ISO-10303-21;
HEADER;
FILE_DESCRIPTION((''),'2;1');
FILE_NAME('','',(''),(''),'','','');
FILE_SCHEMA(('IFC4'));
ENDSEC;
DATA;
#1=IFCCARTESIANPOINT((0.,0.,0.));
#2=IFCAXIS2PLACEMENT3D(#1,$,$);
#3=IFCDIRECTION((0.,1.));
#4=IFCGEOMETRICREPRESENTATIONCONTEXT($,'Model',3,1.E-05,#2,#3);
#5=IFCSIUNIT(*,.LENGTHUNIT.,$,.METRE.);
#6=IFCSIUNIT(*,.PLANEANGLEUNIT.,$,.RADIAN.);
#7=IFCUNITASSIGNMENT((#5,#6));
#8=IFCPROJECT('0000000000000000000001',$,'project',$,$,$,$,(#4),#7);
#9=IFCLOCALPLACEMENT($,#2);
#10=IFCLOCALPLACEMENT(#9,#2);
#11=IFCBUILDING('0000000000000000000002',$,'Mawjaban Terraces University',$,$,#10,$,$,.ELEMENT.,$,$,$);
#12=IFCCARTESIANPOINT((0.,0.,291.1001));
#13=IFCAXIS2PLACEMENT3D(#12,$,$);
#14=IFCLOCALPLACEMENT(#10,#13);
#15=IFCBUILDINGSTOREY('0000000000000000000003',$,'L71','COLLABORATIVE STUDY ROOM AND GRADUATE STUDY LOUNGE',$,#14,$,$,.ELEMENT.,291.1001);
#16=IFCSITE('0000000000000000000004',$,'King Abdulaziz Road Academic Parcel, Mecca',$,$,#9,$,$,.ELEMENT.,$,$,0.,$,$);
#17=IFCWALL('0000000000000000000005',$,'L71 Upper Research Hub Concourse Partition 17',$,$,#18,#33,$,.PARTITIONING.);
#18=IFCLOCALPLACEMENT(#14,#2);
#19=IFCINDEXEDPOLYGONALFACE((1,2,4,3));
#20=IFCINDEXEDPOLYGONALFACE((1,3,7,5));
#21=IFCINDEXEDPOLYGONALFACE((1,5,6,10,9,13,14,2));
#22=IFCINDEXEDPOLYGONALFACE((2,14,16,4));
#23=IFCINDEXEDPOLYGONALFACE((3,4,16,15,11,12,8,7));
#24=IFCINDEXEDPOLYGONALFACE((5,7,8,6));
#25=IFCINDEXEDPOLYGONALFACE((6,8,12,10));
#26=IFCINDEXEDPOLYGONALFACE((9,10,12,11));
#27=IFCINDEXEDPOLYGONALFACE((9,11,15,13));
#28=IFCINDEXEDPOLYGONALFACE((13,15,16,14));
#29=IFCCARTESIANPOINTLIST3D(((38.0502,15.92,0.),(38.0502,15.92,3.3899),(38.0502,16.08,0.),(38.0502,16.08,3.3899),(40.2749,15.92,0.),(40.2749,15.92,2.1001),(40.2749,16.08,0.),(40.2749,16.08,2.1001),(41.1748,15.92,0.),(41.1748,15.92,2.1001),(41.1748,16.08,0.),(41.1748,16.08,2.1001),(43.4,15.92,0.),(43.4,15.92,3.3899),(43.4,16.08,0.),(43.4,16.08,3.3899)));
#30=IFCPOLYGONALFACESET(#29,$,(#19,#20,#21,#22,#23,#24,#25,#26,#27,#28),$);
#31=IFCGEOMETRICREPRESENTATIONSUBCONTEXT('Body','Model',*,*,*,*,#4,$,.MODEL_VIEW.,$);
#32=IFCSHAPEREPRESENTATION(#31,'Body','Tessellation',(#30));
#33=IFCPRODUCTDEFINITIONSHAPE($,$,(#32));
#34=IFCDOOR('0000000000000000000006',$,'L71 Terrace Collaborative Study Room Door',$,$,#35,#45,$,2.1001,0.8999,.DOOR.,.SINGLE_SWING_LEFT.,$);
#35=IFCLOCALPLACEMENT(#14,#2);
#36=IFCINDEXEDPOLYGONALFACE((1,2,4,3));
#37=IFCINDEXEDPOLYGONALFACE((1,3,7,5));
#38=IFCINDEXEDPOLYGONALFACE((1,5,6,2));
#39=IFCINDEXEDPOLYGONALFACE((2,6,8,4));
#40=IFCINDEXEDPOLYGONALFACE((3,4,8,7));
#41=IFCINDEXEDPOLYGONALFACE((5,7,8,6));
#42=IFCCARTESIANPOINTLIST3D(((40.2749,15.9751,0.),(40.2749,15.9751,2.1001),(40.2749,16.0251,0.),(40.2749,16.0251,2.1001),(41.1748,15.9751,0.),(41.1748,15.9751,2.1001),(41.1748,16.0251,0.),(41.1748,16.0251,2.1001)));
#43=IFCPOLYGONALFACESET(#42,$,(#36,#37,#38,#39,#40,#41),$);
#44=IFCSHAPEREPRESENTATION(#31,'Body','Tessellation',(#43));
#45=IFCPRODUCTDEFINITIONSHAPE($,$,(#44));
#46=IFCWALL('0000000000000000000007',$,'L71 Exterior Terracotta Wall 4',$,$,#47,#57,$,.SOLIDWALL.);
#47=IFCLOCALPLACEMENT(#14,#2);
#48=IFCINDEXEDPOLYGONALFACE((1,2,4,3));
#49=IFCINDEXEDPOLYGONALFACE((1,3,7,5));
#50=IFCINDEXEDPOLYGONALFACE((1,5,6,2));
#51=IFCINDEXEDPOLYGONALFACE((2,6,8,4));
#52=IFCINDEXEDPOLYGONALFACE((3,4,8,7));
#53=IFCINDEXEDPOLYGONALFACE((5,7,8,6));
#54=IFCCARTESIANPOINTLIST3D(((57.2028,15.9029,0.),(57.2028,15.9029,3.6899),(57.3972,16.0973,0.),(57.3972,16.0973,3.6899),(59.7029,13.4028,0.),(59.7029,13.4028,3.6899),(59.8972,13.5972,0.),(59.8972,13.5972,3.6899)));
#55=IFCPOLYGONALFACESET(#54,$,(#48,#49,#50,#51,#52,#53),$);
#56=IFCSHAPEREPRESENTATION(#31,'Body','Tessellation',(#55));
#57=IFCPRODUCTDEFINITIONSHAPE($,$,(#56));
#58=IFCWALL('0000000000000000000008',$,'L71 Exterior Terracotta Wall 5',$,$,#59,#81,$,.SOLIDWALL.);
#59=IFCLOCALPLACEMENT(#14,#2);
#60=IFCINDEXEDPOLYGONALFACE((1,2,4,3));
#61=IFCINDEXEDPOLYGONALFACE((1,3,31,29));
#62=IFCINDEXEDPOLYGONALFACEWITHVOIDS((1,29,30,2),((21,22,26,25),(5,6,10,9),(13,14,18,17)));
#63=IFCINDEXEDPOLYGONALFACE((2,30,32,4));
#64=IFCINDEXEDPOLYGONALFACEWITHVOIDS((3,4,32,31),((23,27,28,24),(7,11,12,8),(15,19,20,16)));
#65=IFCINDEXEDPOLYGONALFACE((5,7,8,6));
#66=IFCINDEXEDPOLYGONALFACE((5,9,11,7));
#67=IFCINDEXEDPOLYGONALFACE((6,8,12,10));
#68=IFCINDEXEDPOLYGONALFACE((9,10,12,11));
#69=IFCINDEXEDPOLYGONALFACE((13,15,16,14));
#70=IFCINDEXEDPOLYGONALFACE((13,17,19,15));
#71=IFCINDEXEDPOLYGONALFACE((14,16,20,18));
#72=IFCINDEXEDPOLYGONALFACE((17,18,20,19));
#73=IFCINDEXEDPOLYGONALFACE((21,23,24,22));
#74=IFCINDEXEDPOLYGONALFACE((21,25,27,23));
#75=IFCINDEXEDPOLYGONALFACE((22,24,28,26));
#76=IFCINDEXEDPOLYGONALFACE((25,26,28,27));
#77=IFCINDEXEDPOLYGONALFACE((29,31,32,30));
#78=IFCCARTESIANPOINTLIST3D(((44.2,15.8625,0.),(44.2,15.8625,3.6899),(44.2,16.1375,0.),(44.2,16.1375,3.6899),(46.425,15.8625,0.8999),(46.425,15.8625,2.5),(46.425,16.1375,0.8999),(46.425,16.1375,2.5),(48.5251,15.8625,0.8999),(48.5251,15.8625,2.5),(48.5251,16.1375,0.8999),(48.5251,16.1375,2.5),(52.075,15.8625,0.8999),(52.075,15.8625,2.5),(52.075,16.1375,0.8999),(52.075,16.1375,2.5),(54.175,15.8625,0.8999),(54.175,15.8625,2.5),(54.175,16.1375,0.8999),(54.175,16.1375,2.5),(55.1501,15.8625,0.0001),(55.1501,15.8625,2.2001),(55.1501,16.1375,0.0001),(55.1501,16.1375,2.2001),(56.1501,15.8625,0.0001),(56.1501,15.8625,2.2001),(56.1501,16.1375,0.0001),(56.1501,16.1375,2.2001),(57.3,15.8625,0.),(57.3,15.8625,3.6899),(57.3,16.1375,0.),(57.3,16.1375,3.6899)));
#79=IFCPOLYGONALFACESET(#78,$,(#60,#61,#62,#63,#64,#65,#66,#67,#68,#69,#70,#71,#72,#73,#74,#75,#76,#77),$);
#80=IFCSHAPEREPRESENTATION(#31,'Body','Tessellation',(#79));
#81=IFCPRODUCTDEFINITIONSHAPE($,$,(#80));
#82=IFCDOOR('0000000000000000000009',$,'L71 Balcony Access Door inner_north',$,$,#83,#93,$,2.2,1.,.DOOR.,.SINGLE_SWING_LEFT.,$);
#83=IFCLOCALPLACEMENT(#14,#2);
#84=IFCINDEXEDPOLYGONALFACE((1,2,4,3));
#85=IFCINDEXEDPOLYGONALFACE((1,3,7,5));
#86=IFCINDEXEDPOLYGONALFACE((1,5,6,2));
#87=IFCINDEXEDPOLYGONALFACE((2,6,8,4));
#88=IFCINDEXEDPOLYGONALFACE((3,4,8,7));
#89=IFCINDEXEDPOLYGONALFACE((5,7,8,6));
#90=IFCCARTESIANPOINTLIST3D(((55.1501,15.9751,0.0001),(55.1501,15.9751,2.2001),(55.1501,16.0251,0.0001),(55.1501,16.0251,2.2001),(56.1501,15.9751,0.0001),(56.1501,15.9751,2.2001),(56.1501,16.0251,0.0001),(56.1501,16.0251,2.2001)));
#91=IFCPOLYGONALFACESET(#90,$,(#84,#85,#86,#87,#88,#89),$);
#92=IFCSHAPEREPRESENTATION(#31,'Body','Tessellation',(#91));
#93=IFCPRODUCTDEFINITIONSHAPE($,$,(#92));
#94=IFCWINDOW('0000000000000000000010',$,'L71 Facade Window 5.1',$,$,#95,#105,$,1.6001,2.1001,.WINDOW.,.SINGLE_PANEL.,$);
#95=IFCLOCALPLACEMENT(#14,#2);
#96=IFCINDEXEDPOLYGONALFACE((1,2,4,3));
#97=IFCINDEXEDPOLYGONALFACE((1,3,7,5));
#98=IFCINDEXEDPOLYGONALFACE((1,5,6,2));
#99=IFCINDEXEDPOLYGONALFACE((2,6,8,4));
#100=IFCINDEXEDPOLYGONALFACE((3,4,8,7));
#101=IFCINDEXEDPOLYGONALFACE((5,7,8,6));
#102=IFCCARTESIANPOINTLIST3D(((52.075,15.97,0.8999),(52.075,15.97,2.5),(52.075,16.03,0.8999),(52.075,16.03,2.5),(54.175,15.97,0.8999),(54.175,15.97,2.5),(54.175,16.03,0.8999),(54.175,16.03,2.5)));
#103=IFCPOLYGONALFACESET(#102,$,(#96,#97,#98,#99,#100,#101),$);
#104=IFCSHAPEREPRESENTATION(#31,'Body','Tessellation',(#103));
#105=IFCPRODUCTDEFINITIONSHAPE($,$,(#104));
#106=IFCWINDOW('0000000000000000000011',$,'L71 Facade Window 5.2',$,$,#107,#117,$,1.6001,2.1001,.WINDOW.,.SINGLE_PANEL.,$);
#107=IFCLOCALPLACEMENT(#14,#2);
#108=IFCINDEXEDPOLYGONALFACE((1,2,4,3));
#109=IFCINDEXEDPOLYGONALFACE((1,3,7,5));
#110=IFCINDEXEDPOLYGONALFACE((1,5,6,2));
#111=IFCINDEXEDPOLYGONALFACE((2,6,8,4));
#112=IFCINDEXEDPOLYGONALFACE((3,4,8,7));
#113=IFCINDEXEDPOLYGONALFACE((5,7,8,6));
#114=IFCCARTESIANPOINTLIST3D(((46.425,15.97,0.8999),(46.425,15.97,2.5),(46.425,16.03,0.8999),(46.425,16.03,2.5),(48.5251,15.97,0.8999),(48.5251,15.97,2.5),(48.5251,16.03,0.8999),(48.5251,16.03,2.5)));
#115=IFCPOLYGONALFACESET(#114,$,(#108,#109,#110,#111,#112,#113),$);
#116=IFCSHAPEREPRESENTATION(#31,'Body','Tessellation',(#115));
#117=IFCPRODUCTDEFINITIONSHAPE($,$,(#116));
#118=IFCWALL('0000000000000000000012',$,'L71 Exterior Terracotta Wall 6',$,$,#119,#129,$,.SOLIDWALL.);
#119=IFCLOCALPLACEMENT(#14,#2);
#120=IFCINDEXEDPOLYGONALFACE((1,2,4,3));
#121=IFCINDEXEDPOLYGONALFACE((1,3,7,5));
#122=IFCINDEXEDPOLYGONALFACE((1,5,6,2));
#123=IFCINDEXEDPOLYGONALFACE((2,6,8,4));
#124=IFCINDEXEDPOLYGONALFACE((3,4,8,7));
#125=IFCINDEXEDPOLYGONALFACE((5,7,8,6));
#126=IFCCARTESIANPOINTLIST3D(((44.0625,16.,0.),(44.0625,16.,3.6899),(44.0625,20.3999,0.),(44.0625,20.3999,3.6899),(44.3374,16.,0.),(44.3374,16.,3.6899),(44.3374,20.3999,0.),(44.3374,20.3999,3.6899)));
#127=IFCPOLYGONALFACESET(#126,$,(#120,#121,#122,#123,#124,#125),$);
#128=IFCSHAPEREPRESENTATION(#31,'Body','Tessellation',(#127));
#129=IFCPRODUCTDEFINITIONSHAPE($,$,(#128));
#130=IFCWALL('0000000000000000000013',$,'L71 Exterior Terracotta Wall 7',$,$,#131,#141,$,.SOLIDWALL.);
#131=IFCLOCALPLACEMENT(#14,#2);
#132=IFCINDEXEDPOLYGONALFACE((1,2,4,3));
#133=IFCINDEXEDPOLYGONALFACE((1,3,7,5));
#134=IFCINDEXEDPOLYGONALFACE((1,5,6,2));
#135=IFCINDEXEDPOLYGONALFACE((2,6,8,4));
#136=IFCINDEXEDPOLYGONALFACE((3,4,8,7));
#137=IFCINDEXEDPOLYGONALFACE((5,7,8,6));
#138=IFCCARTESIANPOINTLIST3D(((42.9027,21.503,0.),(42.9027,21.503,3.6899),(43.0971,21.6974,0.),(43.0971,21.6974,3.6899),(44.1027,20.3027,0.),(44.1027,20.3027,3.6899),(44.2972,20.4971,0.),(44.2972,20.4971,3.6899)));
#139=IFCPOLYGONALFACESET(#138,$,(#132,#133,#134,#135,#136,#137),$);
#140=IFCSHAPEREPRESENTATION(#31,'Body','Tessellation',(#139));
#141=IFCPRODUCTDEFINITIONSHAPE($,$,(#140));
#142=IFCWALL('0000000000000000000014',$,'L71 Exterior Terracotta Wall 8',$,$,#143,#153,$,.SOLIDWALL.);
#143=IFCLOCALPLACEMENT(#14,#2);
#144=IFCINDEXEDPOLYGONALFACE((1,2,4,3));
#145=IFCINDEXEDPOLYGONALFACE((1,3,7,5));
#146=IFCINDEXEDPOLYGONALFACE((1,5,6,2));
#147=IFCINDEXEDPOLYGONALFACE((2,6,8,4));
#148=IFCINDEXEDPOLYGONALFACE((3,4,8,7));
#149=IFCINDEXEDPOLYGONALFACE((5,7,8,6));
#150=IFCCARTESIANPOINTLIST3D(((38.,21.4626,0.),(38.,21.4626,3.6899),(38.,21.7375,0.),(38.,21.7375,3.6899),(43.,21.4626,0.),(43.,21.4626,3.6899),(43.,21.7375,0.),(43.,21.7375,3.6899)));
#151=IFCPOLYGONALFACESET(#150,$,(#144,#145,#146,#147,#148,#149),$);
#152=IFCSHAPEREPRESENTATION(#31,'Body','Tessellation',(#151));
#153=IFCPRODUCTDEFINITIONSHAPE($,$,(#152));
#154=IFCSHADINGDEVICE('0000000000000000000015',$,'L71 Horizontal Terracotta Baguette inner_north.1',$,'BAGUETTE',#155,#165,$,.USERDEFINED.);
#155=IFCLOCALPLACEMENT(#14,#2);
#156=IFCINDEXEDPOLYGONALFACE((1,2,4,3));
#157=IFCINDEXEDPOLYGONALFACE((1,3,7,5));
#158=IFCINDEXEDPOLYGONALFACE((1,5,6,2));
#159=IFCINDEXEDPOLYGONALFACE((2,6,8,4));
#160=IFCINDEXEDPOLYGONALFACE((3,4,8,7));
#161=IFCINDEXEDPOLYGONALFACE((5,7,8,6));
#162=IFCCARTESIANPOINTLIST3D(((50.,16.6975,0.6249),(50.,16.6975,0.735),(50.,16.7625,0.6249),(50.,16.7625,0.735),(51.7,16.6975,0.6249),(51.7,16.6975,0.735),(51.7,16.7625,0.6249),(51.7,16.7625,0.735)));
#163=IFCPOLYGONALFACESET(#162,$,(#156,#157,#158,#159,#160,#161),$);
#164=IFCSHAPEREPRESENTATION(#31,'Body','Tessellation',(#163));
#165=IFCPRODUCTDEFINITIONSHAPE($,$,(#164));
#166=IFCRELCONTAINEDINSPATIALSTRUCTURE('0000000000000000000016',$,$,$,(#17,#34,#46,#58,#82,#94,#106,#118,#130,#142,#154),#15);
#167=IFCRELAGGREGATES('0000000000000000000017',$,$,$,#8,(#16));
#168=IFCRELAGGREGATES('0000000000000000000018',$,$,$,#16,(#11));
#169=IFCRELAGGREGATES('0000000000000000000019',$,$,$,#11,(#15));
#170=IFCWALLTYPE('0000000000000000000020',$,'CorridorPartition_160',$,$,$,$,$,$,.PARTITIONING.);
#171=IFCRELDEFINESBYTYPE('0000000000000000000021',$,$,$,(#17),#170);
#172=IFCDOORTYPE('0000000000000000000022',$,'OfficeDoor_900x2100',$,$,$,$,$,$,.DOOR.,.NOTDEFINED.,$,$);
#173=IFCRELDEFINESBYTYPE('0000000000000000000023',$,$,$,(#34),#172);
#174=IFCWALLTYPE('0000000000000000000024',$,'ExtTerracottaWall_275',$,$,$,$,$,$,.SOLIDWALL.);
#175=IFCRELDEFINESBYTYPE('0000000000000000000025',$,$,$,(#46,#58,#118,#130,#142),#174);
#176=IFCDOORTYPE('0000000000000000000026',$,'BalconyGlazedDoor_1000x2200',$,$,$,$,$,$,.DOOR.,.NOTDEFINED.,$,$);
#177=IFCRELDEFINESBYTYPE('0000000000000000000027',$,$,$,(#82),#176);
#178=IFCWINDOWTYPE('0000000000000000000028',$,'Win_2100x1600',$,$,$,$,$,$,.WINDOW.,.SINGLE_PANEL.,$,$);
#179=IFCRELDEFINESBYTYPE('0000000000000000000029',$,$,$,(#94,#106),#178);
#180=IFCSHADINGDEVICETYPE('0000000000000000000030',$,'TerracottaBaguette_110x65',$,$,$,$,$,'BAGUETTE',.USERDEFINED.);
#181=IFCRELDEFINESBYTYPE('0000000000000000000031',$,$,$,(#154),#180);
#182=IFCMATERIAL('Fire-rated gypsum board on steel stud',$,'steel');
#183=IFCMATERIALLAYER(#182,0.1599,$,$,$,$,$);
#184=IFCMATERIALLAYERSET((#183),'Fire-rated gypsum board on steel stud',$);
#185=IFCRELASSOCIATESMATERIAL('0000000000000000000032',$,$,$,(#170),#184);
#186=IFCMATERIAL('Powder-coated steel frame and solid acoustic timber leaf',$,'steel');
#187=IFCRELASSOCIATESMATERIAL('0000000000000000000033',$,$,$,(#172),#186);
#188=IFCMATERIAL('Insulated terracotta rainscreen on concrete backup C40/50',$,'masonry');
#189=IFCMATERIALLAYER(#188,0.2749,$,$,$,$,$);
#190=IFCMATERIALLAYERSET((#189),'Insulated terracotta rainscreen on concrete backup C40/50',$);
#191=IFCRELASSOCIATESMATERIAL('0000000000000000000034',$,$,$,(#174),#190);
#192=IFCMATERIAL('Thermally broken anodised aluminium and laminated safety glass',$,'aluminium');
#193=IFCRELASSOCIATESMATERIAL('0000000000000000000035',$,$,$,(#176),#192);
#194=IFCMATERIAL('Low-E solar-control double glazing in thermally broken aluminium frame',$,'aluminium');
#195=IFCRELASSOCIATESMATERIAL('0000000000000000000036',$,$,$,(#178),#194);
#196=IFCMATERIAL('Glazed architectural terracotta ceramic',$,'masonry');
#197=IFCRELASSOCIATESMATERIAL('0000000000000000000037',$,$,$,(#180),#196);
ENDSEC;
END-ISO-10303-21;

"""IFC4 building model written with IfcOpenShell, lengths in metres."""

from ifc_helpers import new_model, si_unit, direction, frame, frame_2d, origin, origin_2d, place, context, subcontext, project, spatial, rectangle, extrude, material, layer, layer_set, material_profile, profile_set, type_object, element, fill, save


model = new_model("IFC4")

# Units and contexts
model_context = context("Model", 3, precision=1e-05, world=origin(), true_north=direction((0.0, 1.0)))
body_context = subcontext(model_context, "Body", "Model", "MODEL_VIEW")
ifc_project = project(units=[si_unit("LENGTHUNIT", "METRE"), si_unit("PLANEANGLEUNIT", "RADIAN")], contexts=[model_context])

# Site, building, storey
site_placement = place(None, origin())
site = spatial("IfcSite", under=ifc_project, at=site_placement, Name="King Abdulaziz Road Academic Parcel, Mecca", CompositionType="ELEMENT", RefElevation=0.0)
building_placement = place(site_placement, origin())
building = spatial("IfcBuilding", under=site, at=building_placement, Name="Mawjaban Terraces University", CompositionType="ELEMENT")
storey_placement = place(building_placement, frame((0.0, 0.0, 291.1001)))
storey = spatial("IfcBuildingStorey", under=building, at=storey_placement, Name="L71", Description="COLLABORATIVE STUDY ROOM AND GRADUATE STUDY LOUNGE", CompositionType="ELEMENT", Elevation=291.1001)

# Wall, opening, door
ifc_material_1 = material(Name="Fire-rated gypsum board on steel stud", Category="steel")
ifc_layer_1 = layer(ifc_material_1, 0.1599)
ifc_layer_set_1 = layer_set([ifc_layer_1], Name="Fire-rated gypsum board on steel stud")
wall_type_1 = type_object("IfcWallType", Name="CorridorPartition_160", PredefinedType="PARTITIONING", material=ifc_layer_set_1)
wall_1_placement = place(storey_placement, frame((43.3999, 16.0, 0.0), z_axis=(0.0, 0.0, 1.0), x_axis=(-1.0, 0.0, 0.0)))
wall_1 = element("IfcWall", 1, at=wall_1_placement, inside=storey, type_object=wall_type_1, Name="L71 Upper Research Hub Concourse Partition 17", PredefinedType="PARTITIONING", context=body_context, shape_type="SweptSolid", body=[
    extrude(rectangle(XDim=5.3499, YDim=0.1599, at=frame_2d((2.6748, 0.0))), origin(), (0.0, 0.0, 1.0), 3.3899),
])
opening_1_placement = place(wall_1_placement, frame((2.2251, 0.0, 0.0)))
opening_1 = element("IfcOpeningElement", 2, at=opening_1_placement, cuts=wall_1, PredefinedType="OPENING", context=body_context, shape_type="SweptSolid", body=[
    extrude(rectangle(XDim=0.8999, YDim=2.1001, at=frame_2d((0.45, 1.05))), frame((0.0, 0.0898, 0.0), z_axis=(0.0, -1.0, 0.0), x_axis=(1.0, 0.0, 0.0)), (0.0, 0.0, 1.0), 0.1799),
])
ifc_material_2 = material(Name="Powder-coated steel frame and solid acoustic timber leaf", Category="steel")
door_type_1 = type_object("IfcDoorType", Name="OfficeDoor_900x2100", OperationType="NOTDEFINED", PredefinedType="DOOR", material=ifc_material_2)
door_1_placement = place(opening_1_placement, origin())
door_1 = element("IfcDoor", 3, at=door_1_placement, inside=storey, type_object=door_type_1, Name="L71 Terrace Collaborative Study Room Door", OperationType="SINGLE_SWING_LEFT", OverallHeight=2.1001, OverallWidth=0.8999, PredefinedType="DOOR", context=body_context, shape_type="SweptSolid", body=[
    extrude(rectangle(XDim=0.8999, YDim=2.1001, at=frame_2d((0.45, 1.05))), frame((0.0, 0.0249, 0.0), z_axis=(0.0, -1.0, 0.0), x_axis=(1.0, 0.0, 0.0)), (0.0, 0.0, 1.0), 0.05),
])
fill(opening_1, door_1)

# Wall
ifc_material_3 = material(Name="Insulated terracotta rainscreen on concrete backup C40/50", Category="masonry")
ifc_layer_2 = layer(ifc_material_3, 0.2749)
ifc_layer_set_2 = layer_set([ifc_layer_2], Name="Insulated terracotta rainscreen on concrete backup C40/50")
wall_type_2 = type_object("IfcWallType", Name="ExtTerracottaWall_275", PredefinedType="SOLIDWALL", material=ifc_layer_set_2)
wall_2_placement = place(storey_placement, frame((59.8, 13.5, 0.0), z_axis=(0.0, 0.0, 1.0), x_axis=(-0.707107, 0.707107, 0.0)))
element("IfcWall", 4, at=wall_2_placement, inside=storey, type_object=wall_type_2, Name="L71 Exterior Terracotta Wall 4", PredefinedType="SOLIDWALL", context=body_context, shape_type="SweptSolid", body=[
    extrude(rectangle(XDim=3.5356, YDim=0.2749, at=frame_2d((1.7678, 0.0))), origin(), (0.0, 0.0, 1.0), 3.6899),
])

# Wall, openings, door, windows
wall_3_placement = place(storey_placement, frame((57.3, 16.0, 0.0), z_axis=(0.0, 0.0, 1.0), x_axis=(-1.0, 0.0, 0.0)))
wall_3 = element("IfcWall", 5, at=wall_3_placement, inside=storey, type_object=wall_type_2, Name="L71 Exterior Terracotta Wall 5", PredefinedType="SOLIDWALL", context=body_context, shape_type="SweptSolid", body=[
    extrude(rectangle(XDim=13.1001, YDim=0.2749, at=frame_2d((6.55, 0.0))), origin(), (0.0, 0.0, 1.0), 3.6899),
])
opening_2_placement = place(wall_3_placement, frame((1.1499, 0.0, 0.0)))
opening_2 = element("IfcOpeningElement", 6, at=opening_2_placement, cuts=wall_3, PredefinedType="OPENING", context=body_context, shape_type="SweptSolid", body=[
    extrude(rectangle(XDim=1.0, YDim=2.2, at=frame_2d((0.5, 1.1001))), frame((0.0, 0.1475, 0.0), z_axis=(0.0, -1.0, 0.0), x_axis=(1.0, 0.0, 0.0)), (0.0, 0.0, 1.0), 0.2949),
])
opening_3_placement = place(wall_3_placement, frame((3.125, 0.0, 0.8999)))
opening_3 = element("IfcOpeningElement", 7, at=opening_3_placement, cuts=wall_3, PredefinedType="OPENING", context=body_context, shape_type="SweptSolid", body=[
    extrude(rectangle(XDim=2.1001, YDim=1.6001, at=frame_2d((1.05, 0.8))), frame((0.0, 0.1475, 0.0), z_axis=(0.0, -1.0, 0.0), x_axis=(1.0, 0.0, 0.0)), (0.0, 0.0, 1.0), 0.2949),
])
opening_4_placement = place(wall_3_placement, frame((8.7749, 0.0, 0.8999)))
opening_4 = element("IfcOpeningElement", 8, at=opening_4_placement, cuts=wall_3, PredefinedType="OPENING", context=body_context, shape_type="SweptSolid", body=[
    extrude(rectangle(XDim=2.1001, YDim=1.6001, at=frame_2d((1.05, 0.8))), frame((0.0, 0.1475, 0.0), z_axis=(0.0, -1.0, 0.0), x_axis=(1.0, 0.0, 0.0)), (0.0, 0.0, 1.0), 0.2949),
])
ifc_material_4 = material(Name="Thermally broken anodised aluminium and laminated safety glass", Category="aluminium")
door_type_2 = type_object("IfcDoorType", Name="BalconyGlazedDoor_1000x2200", OperationType="NOTDEFINED", PredefinedType="DOOR", material=ifc_material_4)
door_2_placement = place(opening_2_placement, origin())
door_2 = element("IfcDoor", 9, at=door_2_placement, inside=storey, type_object=door_type_2, Name="L71 Balcony Access Door inner_north", OperationType="SINGLE_SWING_LEFT", OverallHeight=2.2, OverallWidth=1.0, PredefinedType="DOOR", context=body_context, shape_type="SweptSolid", body=[
    extrude(rectangle(XDim=1.0, YDim=2.2, at=frame_2d((0.5, 1.1001))), frame((0.0, 0.0249, 0.0), z_axis=(0.0, -1.0, 0.0), x_axis=(1.0, 0.0, 0.0)), (0.0, 0.0, 1.0), 0.05),
])
fill(opening_2, door_2)
ifc_material_5 = material(Name="Low-E solar-control double glazing in thermally broken aluminium frame", Category="aluminium")
window_type = type_object("IfcWindowType", Name="Win_2100x1600", PartitioningType="SINGLE_PANEL", PredefinedType="WINDOW", material=ifc_material_5)
window_1_placement = place(opening_3_placement, origin())
window_1 = element("IfcWindow", 10, at=window_1_placement, inside=storey, type_object=window_type, Name="L71 Facade Window 5.1", OverallHeight=1.6001, OverallWidth=2.1001, PartitioningType="SINGLE_PANEL", PredefinedType="WINDOW", context=body_context, shape_type="SweptSolid", body=[
    extrude(rectangle(XDim=2.1001, YDim=1.6001, at=frame_2d((1.05, 0.8))), frame((0.0, 0.03, 0.0), z_axis=(0.0, -1.0, 0.0), x_axis=(1.0, 0.0, 0.0)), (0.0, 0.0, 1.0), 0.0601),
])
fill(opening_3, window_1)
window_2_placement = place(opening_4_placement, origin())
window_2 = element("IfcWindow", 11, at=window_2_placement, inside=storey, type_object=window_type, Name="L71 Facade Window 5.2", OverallHeight=1.6001, OverallWidth=2.1001, PartitioningType="SINGLE_PANEL", PredefinedType="WINDOW", context=body_context, shape_type="SweptSolid", body=[
    extrude(rectangle(XDim=2.1001, YDim=1.6001, at=frame_2d((1.05, 0.8))), frame((0.0, 0.03, 0.0), z_axis=(0.0, -1.0, 0.0), x_axis=(1.0, 0.0, 0.0)), (0.0, 0.0, 1.0), 0.0601),
])
fill(opening_4, window_2)

# Walls
wall_4_placement = place(storey_placement, frame((44.2, 16.0, 0.0), z_axis=(0.0, 0.0, 1.0), x_axis=(0.0, 1.0, 0.0)))
element("IfcWall", 12, at=wall_4_placement, inside=storey, type_object=wall_type_2, Name="L71 Exterior Terracotta Wall 6", PredefinedType="SOLIDWALL", context=body_context, shape_type="SweptSolid", body=[
    extrude(rectangle(XDim=4.3999, YDim=0.2749, at=frame_2d((2.2, 0.0))), origin(), (0.0, 0.0, 1.0), 3.6899),
])
wall_5_placement = place(storey_placement, frame((44.2, 20.3999, 0.0), z_axis=(0.0, 0.0, 1.0), x_axis=(-0.707035, 0.707179, 0.0)))
element("IfcWall", 13, at=wall_5_placement, inside=storey, type_object=wall_type_2, Name="L71 Exterior Terracotta Wall 7", PredefinedType="SOLIDWALL", context=body_context, shape_type="SweptSolid", body=[
    extrude(rectangle(XDim=1.6973, YDim=0.2749, at=frame_2d((0.8486, 0.0))), origin(), (0.0, 0.0, 1.0), 3.6899),
])
wall_6_placement = place(storey_placement, frame((43.0, 21.6001, 0.0), z_axis=(0.0, 0.0, 1.0), x_axis=(-1.0, 0.0, 0.0)))
element("IfcWall", 14, at=wall_6_placement, inside=storey, type_object=wall_type_2, Name="L71 Exterior Terracotta Wall 8", PredefinedType="SOLIDWALL", context=body_context, shape_type="SweptSolid", body=[
    extrude(rectangle(XDim=5.0, YDim=0.2749, at=frame_2d((2.5, 0.0))), origin(), (0.0, 0.0, 1.0), 3.6899),
])

# Shading device
ifc_material_6 = material(Name="Glazed architectural terracotta ceramic", Category="masonry")
ifc_material_profile_1 = material_profile(ifc_material_6, rectangle(XDim=0.0649, YDim=0.1101, at=origin_2d()), Name="TBAG110X65")
ifc_profile_set_1 = profile_set([ifc_material_profile_1], Name="Glazed architectural terracotta ceramic")
shading_device_type_1 = type_object("IfcShadingDeviceType", Name="TerracottaBaguette_110x65", ElementType="BAGUETTE", PredefinedType="USERDEFINED", material=ifc_profile_set_1)
for number, where, z_axis, x_axis, name in (
    (15, (50.0, 16.73, 0.6799), (1.0, 0.0, 0.0), (0.0, 1.0, 0.0), "L71 Horizontal Terracotta Baguette inner_north.1"),
):
    element("IfcShadingDevice", number, at=place(storey_placement, frame(where, z_axis=z_axis, x_axis=x_axis)), inside=storey, type_object=shading_device_type_1, Name=name, ObjectType="BAGUETTE", PredefinedType="USERDEFINED", context=body_context, shape_type="SweptSolid", body=[
        extrude(rectangle(XDim=0.0649, YDim=0.1101, at=origin_2d()), origin(), (0.0, 0.0, 1.0), 1.7),
    ])

save(model, "model.ifc")
